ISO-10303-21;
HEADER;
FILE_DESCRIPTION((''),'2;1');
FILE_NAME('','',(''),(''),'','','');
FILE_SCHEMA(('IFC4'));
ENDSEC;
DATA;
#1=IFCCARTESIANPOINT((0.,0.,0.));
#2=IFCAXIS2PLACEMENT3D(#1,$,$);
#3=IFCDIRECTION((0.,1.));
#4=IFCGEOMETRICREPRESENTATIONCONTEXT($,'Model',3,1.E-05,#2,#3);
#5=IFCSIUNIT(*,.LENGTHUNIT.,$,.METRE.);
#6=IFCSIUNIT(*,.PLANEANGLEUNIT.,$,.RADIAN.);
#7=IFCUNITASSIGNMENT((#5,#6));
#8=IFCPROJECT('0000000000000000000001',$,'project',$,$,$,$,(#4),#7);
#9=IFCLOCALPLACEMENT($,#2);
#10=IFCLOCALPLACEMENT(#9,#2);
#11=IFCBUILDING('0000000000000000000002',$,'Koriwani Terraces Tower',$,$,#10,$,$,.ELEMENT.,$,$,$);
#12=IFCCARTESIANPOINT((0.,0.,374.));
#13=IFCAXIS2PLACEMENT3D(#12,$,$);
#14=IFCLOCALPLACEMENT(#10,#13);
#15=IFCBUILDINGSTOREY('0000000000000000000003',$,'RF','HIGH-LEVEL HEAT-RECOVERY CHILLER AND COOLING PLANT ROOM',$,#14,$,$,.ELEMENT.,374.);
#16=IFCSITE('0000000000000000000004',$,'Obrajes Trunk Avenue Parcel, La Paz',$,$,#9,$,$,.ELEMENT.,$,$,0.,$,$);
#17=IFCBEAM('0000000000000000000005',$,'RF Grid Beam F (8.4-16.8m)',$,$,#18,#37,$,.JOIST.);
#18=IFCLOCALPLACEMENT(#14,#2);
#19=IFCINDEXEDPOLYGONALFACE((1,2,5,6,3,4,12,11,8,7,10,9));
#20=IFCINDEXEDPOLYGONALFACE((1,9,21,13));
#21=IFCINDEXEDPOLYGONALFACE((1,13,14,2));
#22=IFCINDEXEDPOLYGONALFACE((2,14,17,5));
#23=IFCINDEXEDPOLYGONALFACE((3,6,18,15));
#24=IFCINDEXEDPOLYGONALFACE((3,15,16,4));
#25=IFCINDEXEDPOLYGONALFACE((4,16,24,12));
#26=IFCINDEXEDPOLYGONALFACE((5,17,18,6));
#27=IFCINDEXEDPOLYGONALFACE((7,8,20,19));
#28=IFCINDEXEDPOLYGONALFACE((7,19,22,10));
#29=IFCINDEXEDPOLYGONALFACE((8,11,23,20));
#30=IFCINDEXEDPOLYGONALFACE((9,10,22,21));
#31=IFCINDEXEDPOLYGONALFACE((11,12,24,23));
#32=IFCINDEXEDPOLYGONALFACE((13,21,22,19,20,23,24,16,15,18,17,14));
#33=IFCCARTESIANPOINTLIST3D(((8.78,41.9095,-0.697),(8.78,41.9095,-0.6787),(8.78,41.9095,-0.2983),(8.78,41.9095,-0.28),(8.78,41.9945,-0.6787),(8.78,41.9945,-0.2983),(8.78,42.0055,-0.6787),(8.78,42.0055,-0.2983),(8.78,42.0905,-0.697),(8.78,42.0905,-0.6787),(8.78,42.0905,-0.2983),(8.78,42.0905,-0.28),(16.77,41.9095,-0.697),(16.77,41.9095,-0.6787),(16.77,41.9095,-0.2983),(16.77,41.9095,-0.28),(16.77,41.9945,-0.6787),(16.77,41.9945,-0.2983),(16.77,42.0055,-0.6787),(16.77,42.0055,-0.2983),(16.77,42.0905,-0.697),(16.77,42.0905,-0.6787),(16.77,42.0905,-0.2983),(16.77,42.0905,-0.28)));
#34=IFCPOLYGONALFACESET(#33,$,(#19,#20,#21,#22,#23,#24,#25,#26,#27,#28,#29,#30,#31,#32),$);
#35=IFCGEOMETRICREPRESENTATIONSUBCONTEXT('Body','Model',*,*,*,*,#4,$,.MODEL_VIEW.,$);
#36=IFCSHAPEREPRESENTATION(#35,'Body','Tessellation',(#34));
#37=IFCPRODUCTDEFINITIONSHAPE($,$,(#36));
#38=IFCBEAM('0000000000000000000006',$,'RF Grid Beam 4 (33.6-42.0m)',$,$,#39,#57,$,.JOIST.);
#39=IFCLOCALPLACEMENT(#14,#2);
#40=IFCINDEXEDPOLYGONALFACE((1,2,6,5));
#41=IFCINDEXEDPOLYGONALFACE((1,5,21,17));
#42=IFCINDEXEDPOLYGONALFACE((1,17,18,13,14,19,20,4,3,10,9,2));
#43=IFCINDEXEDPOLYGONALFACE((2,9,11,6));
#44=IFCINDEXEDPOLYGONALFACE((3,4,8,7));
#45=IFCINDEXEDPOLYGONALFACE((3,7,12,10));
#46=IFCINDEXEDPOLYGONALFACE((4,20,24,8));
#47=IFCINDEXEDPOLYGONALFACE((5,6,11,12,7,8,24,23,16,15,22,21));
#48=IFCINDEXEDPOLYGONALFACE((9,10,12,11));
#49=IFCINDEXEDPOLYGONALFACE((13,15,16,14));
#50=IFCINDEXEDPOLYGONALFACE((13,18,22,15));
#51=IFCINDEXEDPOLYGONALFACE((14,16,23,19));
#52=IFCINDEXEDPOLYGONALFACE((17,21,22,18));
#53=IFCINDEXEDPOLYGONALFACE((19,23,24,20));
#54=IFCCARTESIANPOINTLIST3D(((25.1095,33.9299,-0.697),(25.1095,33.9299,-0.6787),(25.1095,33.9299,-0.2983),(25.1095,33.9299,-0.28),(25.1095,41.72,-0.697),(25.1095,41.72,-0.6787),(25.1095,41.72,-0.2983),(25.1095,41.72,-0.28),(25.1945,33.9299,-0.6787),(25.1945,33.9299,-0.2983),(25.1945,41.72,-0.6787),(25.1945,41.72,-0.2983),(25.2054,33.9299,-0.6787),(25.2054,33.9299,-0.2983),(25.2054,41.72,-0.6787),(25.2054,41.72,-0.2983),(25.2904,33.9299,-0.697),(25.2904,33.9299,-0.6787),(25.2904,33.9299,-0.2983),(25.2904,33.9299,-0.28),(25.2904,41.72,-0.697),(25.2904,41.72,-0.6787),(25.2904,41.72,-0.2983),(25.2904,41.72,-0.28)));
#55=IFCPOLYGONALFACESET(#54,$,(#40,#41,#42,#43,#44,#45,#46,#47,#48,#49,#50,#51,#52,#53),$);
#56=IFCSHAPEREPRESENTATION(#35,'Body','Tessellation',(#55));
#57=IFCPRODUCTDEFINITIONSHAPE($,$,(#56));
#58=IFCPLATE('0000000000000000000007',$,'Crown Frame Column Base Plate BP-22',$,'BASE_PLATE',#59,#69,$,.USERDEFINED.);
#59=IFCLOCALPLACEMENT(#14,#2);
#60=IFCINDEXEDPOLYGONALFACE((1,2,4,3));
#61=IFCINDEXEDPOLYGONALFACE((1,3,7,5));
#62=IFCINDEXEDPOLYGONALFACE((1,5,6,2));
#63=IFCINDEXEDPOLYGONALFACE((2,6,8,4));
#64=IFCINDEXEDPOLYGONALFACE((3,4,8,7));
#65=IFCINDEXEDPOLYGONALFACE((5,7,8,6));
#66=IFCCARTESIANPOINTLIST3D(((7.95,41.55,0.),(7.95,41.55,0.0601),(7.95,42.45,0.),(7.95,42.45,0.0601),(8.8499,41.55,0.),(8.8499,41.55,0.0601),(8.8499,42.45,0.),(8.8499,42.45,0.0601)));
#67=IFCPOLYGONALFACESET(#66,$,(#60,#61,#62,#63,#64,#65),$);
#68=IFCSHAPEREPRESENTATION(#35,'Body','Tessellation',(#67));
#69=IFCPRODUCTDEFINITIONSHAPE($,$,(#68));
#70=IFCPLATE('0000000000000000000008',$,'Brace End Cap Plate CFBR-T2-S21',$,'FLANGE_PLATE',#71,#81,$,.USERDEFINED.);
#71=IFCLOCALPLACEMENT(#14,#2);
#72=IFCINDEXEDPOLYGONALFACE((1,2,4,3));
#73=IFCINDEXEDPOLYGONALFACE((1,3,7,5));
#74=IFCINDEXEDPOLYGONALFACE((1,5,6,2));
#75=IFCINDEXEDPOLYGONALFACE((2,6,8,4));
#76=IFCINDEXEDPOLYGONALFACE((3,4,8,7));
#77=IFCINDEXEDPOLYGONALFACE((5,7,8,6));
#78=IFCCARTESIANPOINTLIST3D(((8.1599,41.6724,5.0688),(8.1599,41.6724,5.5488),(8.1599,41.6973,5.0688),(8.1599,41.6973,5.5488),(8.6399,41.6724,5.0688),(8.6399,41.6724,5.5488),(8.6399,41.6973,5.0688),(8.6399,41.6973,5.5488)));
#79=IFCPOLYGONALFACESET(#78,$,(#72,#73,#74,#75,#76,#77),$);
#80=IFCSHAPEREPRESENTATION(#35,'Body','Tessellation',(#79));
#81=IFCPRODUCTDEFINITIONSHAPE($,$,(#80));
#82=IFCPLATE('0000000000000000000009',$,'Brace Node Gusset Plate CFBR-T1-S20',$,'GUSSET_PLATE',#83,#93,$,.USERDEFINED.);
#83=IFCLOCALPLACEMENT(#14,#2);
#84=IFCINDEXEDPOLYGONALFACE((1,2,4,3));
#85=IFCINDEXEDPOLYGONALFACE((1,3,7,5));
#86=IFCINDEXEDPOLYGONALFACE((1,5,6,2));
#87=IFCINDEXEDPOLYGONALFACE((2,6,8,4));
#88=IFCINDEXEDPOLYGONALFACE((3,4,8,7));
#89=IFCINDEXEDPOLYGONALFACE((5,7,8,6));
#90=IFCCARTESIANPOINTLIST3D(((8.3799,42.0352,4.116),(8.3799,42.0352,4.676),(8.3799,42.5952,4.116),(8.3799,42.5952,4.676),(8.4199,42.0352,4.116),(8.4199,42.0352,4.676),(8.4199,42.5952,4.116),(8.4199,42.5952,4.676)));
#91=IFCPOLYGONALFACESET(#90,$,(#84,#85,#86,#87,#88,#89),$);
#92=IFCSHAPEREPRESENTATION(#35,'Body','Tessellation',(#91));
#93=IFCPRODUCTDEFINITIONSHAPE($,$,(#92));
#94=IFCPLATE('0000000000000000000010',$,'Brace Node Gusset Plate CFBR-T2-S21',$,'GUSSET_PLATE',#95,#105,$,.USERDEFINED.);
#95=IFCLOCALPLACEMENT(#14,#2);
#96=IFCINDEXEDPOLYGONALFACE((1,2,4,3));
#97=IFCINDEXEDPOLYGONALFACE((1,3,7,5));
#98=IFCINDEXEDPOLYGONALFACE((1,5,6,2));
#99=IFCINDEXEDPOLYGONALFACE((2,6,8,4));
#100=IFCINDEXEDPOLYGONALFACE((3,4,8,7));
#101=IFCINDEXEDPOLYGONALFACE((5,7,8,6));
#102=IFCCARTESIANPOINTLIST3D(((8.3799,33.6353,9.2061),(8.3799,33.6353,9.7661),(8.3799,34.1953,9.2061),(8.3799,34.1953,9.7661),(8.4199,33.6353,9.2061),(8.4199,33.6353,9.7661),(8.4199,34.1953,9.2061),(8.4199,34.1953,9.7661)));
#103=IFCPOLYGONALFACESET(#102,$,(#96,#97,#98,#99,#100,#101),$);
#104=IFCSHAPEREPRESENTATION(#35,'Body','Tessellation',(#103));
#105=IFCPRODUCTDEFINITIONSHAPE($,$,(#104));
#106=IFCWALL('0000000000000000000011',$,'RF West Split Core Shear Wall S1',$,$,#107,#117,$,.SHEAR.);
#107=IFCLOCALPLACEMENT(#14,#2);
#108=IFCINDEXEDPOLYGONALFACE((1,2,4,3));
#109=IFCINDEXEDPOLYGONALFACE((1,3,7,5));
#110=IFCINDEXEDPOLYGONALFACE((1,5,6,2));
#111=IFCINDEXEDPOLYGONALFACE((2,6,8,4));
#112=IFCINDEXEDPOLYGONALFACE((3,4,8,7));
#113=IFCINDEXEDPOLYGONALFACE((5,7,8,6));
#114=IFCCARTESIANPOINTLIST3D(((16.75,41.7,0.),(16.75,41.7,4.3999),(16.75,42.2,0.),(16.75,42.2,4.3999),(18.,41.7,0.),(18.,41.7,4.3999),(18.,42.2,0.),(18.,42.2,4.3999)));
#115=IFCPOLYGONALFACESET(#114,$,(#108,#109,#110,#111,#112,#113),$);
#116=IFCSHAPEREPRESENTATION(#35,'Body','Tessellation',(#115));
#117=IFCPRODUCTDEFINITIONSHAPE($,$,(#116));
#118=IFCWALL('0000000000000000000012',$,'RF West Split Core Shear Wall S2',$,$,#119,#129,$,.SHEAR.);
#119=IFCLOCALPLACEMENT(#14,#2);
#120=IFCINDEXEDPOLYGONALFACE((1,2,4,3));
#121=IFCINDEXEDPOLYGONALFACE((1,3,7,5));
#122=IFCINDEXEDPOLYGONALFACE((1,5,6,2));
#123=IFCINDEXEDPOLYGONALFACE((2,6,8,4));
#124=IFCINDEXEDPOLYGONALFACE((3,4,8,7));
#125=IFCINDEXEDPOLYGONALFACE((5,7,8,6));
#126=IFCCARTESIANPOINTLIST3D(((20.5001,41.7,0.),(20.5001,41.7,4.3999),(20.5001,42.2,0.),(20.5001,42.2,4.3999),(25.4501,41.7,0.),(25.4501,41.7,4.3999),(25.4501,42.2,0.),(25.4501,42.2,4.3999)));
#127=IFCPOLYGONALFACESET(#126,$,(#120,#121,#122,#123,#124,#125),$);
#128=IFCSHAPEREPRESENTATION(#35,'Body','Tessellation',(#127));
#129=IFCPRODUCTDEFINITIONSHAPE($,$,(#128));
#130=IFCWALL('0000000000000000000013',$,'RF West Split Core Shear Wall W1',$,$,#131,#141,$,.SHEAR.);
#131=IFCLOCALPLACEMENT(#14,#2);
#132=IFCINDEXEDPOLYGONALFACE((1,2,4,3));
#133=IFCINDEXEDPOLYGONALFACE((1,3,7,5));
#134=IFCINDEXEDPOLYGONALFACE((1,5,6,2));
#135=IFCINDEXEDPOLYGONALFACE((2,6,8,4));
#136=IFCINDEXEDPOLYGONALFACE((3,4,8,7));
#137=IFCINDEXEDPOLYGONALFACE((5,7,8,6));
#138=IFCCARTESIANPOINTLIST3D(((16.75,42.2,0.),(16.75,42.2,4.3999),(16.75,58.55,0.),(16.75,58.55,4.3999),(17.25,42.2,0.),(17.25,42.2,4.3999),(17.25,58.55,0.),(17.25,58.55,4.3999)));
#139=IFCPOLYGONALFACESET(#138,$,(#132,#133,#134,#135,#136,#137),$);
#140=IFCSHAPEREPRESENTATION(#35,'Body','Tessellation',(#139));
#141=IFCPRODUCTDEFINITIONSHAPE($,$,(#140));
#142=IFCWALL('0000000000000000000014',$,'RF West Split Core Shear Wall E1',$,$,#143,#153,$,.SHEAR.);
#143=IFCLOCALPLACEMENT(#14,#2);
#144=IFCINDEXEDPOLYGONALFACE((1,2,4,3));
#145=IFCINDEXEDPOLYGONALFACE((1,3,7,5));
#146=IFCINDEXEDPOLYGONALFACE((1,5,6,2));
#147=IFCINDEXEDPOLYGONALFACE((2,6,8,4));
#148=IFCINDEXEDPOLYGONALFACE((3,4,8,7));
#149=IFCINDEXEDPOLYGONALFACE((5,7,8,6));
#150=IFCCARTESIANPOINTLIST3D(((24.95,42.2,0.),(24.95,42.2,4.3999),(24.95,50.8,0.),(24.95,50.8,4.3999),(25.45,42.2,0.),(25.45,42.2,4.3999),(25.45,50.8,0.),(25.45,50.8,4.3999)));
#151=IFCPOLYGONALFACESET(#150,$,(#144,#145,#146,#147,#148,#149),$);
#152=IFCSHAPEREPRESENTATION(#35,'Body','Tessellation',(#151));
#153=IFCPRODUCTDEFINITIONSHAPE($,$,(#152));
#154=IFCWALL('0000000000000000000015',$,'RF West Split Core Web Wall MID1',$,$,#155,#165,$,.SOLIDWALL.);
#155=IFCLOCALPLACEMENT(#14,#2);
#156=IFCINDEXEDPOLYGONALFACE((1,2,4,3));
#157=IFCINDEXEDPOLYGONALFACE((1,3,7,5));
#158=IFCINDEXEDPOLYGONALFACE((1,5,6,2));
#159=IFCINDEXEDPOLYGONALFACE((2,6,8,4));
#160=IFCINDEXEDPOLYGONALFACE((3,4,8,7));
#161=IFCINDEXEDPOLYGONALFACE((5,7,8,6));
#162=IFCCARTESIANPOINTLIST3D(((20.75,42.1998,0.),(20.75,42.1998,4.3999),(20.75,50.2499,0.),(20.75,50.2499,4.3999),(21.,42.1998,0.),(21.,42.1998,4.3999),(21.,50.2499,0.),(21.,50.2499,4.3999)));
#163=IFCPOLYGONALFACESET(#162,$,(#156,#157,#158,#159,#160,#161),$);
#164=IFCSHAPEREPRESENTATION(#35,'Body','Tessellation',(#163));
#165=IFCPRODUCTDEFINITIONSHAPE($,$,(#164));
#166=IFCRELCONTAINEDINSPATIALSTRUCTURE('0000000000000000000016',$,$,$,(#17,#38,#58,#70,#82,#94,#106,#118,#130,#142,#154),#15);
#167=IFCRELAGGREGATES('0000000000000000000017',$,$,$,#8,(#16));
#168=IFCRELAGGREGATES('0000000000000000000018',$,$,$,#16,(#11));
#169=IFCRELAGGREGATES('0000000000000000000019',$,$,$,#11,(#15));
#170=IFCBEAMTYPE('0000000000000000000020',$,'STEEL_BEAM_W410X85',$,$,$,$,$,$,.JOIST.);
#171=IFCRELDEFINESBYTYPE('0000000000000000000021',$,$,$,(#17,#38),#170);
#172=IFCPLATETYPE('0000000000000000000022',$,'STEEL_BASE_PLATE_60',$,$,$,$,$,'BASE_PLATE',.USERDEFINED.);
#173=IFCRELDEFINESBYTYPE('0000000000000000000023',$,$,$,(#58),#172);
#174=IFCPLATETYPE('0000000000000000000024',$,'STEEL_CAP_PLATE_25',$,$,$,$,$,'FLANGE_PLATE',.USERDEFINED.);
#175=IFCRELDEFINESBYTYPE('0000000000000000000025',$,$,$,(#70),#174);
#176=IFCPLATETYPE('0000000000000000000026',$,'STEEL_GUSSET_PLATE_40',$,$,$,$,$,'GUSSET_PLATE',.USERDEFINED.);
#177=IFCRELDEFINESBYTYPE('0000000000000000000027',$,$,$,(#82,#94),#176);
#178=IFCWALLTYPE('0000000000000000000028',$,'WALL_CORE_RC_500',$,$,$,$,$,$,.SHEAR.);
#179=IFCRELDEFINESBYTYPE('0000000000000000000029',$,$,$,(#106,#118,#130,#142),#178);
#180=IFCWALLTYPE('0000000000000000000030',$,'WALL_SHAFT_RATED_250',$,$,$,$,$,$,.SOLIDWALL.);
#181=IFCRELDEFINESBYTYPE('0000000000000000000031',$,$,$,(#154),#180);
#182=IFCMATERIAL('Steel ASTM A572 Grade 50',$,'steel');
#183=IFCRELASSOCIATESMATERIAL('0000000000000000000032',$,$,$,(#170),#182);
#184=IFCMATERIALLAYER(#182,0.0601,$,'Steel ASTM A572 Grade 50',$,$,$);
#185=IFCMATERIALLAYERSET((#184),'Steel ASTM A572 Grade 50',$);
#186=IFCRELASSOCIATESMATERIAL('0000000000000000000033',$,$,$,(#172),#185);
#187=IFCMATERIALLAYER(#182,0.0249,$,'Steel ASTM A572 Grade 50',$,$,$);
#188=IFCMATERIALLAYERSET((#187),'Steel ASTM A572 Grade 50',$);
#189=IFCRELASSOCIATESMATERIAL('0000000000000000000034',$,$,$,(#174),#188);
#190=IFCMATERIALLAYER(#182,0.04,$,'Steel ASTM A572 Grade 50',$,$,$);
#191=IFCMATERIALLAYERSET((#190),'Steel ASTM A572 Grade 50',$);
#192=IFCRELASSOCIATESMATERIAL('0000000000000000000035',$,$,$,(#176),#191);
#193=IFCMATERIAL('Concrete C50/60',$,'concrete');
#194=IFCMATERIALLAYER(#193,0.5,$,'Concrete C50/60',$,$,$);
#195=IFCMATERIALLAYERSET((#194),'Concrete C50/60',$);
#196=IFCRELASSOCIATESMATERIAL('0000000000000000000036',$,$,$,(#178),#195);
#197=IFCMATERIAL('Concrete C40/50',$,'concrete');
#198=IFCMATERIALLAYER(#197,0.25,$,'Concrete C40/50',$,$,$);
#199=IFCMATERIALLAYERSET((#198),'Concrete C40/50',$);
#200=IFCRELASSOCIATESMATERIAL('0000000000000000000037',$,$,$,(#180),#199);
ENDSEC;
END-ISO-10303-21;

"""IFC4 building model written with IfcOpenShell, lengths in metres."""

from ifc_helpers import new_model, si_unit, direction, frame, frame_2d, origin, origin_2d, place, context, subcontext, project, spatial, rectangle, i_section, extrude, material, layer, layer_set, material_profile, profile_set, type_object, element, save


model = new_model("IFC4")

# Units and contexts
model_context = context("Model", 3, precision=1e-05, world=origin(), true_north=direction((0.0, 1.0)))
body_context = subcontext(model_context, "Body", "Model", "MODEL_VIEW")
ifc_project = project(units=[si_unit("LENGTHUNIT", "METRE"), si_unit("PLANEANGLEUNIT", "RADIAN")], contexts=[model_context])

# Site, building, storey
site_placement = place(None, origin())
site = spatial("IfcSite", under=ifc_project, at=site_placement, Name="Obrajes Trunk Avenue Parcel, La Paz", CompositionType="ELEMENT", RefElevation=0.0)
building_placement = place(site_placement, origin())
building = spatial("IfcBuilding", under=site, at=building_placement, Name="Koriwani Terraces Tower", CompositionType="ELEMENT")
storey_placement = place(building_placement, frame((0.0, 0.0, 374.0)))
storey = spatial("IfcBuildingStorey", under=building, at=storey_placement, Name="RF", Description="HIGH-LEVEL HEAT-RECOVERY CHILLER AND COOLING PLANT ROOM", CompositionType="ELEMENT", Elevation=374.0)

# Shared definitions
ifc_material_1 = material(Name="Steel ASTM A572 Grade 50", Category="steel")

# Shared definitions
ifc_material_2 = material(Name="Concrete C40/50", Category="concrete")

# Beams
ifc_material_profile_1 = material_profile(ifc_material_1, i_section(OverallWidth=0.1809, OverallDepth=0.417, WebThickness=0.011, FlangeThickness=0.0183, at=origin_2d()), Name="Steel ASTM A572 Grade 50", Category="LoadBearing")
ifc_profile_set_1 = profile_set([ifc_material_profile_1], Name="Steel ASTM A572 Grade 50")
beam_type_1 = type_object("IfcBeamType", Name="STEEL_BEAM_W410X85", PredefinedType="JOIST", material=ifc_profile_set_1)
beam_1_placement = place(storey_placement, frame((8.78, 42.0, -0.4885), z_axis=(1.0, 0.0, 0.0), x_axis=(0.0, 1.0, 0.0)))
element("IfcBeam", 1, at=beam_1_placement, inside=storey, type_object=beam_type_1, Name="RF Grid Beam F (8.4-16.8m)", PredefinedType="JOIST", context=body_context, shape_type="SweptSolid", body=[
    extrude(i_section(OverallWidth=0.1809, OverallDepth=0.417, WebThickness=0.011, FlangeThickness=0.0183, at=origin_2d()), origin(), (0.0, 0.0, 1.0), 7.99),
])
beam_2_placement = place(storey_placement, frame((25.2, 33.9299, -0.4885), z_axis=(0.0, 1.0, 0.0), x_axis=(-1.0, 0.0, 0.0)))
element("IfcBeam", 2, at=beam_2_placement, inside=storey, type_object=beam_type_1, Name="RF Grid Beam 4 (33.6-42.0m)", PredefinedType="JOIST", context=body_context, shape_type="SweptSolid", body=[
    extrude(i_section(OverallWidth=0.1809, OverallDepth=0.417, WebThickness=0.011, FlangeThickness=0.0183, at=origin_2d()), origin(), (0.0, 0.0, 1.0), 7.79),
])

# Plates
ifc_layer_1 = layer(ifc_material_1, 0.0601, Name="Steel ASTM A572 Grade 50")
ifc_layer_set_1 = layer_set([ifc_layer_1], Name="Steel ASTM A572 Grade 50")
plate_type_1 = type_object("IfcPlateType", Name="STEEL_BASE_PLATE_60", ElementType="BASE_PLATE", PredefinedType="USERDEFINED", material=ifc_layer_set_1)
plate_1_placement = place(storey_placement, frame((8.3999, 42.0, 0.0), z_axis=(0.0, 0.0, 1.0), x_axis=(1.0, 0.0, 0.0)))
element("IfcPlate", 3, at=plate_1_placement, inside=storey, type_object=plate_type_1, Name="Crown Frame Column Base Plate BP-22", ObjectType="BASE_PLATE", PredefinedType="USERDEFINED", context=body_context, shape_type="SweptSolid", body=[
    extrude(rectangle(XDim=0.8999, YDim=0.8999, at=origin_2d()), origin(), (0.0, 0.0, 1.0), 0.0601),
])
ifc_layer_2 = layer(ifc_material_1, 0.0249, Name="Steel ASTM A572 Grade 50")
ifc_layer_set_2 = layer_set([ifc_layer_2], Name="Steel ASTM A572 Grade 50")
plate_type_2 = type_object("IfcPlateType", Name="STEEL_CAP_PLATE_25", ElementType="FLANGE_PLATE", PredefinedType="USERDEFINED", material=ifc_layer_set_2)
plate_2_placement = place(storey_placement, frame((8.3999, 41.6848, 5.0688), z_axis=(0.0, 0.0, 1.0), x_axis=(0.0, -1.0, 0.0)))
element("IfcPlate", 4, at=plate_2_placement, inside=storey, type_object=plate_type_2, Name="Brace End Cap Plate CFBR-T2-S21", ObjectType="FLANGE_PLATE", PredefinedType="USERDEFINED", context=body_context, shape_type="SweptSolid", body=[
    extrude(rectangle(XDim=0.0249, YDim=0.48, at=origin_2d()), origin(), (0.0, 0.0, 1.0), 0.48),
])
ifc_layer_3 = layer(ifc_material_1, 0.04, Name="Steel ASTM A572 Grade 50")
ifc_layer_set_3 = layer_set([ifc_layer_3], Name="Steel ASTM A572 Grade 50")
plate_type_3 = type_object("IfcPlateType", Name="STEEL_GUSSET_PLATE_40", ElementType="GUSSET_PLATE", PredefinedType="USERDEFINED", material=ifc_layer_set_3)
for number, where, z_axis, x_axis, name in (
    (5, (8.3999, 42.3152, 4.116), (0.0, 0.0, 1.0), (0.0, -1.0, 0.0), "Brace Node Gusset Plate CFBR-T1-S20"),
    (6, (8.3999, 33.9153, 9.2061), (0.0, 0.0, 1.0), (0.0, -1.0, 0.0), "Brace Node Gusset Plate CFBR-T2-S21"),
):
    element("IfcPlate", number, at=place(storey_placement, frame(where, z_axis=z_axis, x_axis=x_axis)), inside=storey, type_object=plate_type_3, Name=name, ObjectType="GUSSET_PLATE", PredefinedType="USERDEFINED", context=body_context, shape_type="SweptSolid", body=[
        extrude(rectangle(XDim=0.5601, YDim=0.04, at=origin_2d()), origin(), (0.0, 0.0, 1.0), 0.5601),
    ])

# Walls
ifc_material_3 = material(Name="Concrete C50/60", Category="concrete")
ifc_layer_4 = layer(ifc_material_3, 0.5, Name="Concrete C50/60")
ifc_layer_set_4 = layer_set([ifc_layer_4], Name="Concrete C50/60")
wall_type_1 = type_object("IfcWallType", Name="WALL_CORE_RC_500", PredefinedType="SHEAR", material=ifc_layer_set_4)
wall_1_placement = place(storey_placement, frame((16.75, 41.95, 0.0), z_axis=(0.0, 0.0, 1.0), x_axis=(1.0, 0.0, 0.0)))
element("IfcWall", 7, at=wall_1_placement, inside=storey, type_object=wall_type_1, Name="RF West Split Core Shear Wall S1", PredefinedType="SHEAR", context=body_context, shape_type="SweptSolid", body=[
    extrude(rectangle(XDim=1.25, YDim=0.5, at=frame_2d((0.625, 0.0))), origin(), (0.0, 0.0, 1.0), 4.3999),
])
wall_2_placement = place(storey_placement, frame((20.5, 41.95, 0.0), z_axis=(0.0, 0.0, 1.0), x_axis=(1.0, 0.0, 0.0)))
element("IfcWall", 8, at=wall_2_placement, inside=storey, type_object=wall_type_1, Name="RF West Split Core Shear Wall S2", PredefinedType="SHEAR", context=body_context, shape_type="SweptSolid", body=[
    extrude(rectangle(XDim=4.95, YDim=0.5, at=frame_2d((2.4751, 0.0))), origin(), (0.0, 0.0, 1.0), 4.3999),
])
wall_3_placement = place(storey_placement, frame((17.0, 42.2, 0.0), z_axis=(0.0, 0.0, 1.0), x_axis=(0.0, 1.0, 0.0)))
element("IfcWall", 9, at=wall_3_placement, inside=storey, type_object=wall_type_1, Name="RF West Split Core Shear Wall W1", PredefinedType="SHEAR", context=body_context, shape_type="SweptSolid", body=[
    extrude(rectangle(XDim=16.3501, YDim=0.5, at=frame_2d((8.175, 0.0))), origin(), (0.0, 0.0, 1.0), 4.3999),
])
wall_4_placement = place(storey_placement, frame((25.2, 42.2, 0.0), z_axis=(0.0, 0.0, 1.0), x_axis=(0.0, 1.0, 0.0)))
element("IfcWall", 10, at=wall_4_placement, inside=storey, type_object=wall_type_1, Name="RF West Split Core Shear Wall E1", PredefinedType="SHEAR", context=body_context, shape_type="SweptSolid", body=[
    extrude(rectangle(XDim=8.6001, YDim=0.5, at=frame_2d((4.3, 0.0))), origin(), (0.0, 0.0, 1.0), 4.3999),
])
ifc_layer_5 = layer(ifc_material_2, 0.25, Name="Concrete C40/50")
ifc_layer_set_5 = layer_set([ifc_layer_5], Name="Concrete C40/50")
wall_type_2 = type_object("IfcWallType", Name="WALL_SHAFT_RATED_250", PredefinedType="SOLIDWALL", material=ifc_layer_set_5)
wall_5_placement = place(storey_placement, frame((20.875, 42.2, 0.0), z_axis=(0.0, 0.0, 1.0), x_axis=(0.0, 1.0, 0.0)))
element("IfcWall", 11, at=wall_5_placement, inside=storey, type_object=wall_type_2, Name="RF West Split Core Web Wall MID1", PredefinedType="SOLIDWALL", context=body_context, shape_type="SweptSolid", body=[
    extrude(rectangle(XDim=8.05, YDim=0.25, at=frame_2d((4.0249, 0.0))), origin(), (0.0, 0.0, 1.0), 4.3999),
])

save(model, "model.ifc")
